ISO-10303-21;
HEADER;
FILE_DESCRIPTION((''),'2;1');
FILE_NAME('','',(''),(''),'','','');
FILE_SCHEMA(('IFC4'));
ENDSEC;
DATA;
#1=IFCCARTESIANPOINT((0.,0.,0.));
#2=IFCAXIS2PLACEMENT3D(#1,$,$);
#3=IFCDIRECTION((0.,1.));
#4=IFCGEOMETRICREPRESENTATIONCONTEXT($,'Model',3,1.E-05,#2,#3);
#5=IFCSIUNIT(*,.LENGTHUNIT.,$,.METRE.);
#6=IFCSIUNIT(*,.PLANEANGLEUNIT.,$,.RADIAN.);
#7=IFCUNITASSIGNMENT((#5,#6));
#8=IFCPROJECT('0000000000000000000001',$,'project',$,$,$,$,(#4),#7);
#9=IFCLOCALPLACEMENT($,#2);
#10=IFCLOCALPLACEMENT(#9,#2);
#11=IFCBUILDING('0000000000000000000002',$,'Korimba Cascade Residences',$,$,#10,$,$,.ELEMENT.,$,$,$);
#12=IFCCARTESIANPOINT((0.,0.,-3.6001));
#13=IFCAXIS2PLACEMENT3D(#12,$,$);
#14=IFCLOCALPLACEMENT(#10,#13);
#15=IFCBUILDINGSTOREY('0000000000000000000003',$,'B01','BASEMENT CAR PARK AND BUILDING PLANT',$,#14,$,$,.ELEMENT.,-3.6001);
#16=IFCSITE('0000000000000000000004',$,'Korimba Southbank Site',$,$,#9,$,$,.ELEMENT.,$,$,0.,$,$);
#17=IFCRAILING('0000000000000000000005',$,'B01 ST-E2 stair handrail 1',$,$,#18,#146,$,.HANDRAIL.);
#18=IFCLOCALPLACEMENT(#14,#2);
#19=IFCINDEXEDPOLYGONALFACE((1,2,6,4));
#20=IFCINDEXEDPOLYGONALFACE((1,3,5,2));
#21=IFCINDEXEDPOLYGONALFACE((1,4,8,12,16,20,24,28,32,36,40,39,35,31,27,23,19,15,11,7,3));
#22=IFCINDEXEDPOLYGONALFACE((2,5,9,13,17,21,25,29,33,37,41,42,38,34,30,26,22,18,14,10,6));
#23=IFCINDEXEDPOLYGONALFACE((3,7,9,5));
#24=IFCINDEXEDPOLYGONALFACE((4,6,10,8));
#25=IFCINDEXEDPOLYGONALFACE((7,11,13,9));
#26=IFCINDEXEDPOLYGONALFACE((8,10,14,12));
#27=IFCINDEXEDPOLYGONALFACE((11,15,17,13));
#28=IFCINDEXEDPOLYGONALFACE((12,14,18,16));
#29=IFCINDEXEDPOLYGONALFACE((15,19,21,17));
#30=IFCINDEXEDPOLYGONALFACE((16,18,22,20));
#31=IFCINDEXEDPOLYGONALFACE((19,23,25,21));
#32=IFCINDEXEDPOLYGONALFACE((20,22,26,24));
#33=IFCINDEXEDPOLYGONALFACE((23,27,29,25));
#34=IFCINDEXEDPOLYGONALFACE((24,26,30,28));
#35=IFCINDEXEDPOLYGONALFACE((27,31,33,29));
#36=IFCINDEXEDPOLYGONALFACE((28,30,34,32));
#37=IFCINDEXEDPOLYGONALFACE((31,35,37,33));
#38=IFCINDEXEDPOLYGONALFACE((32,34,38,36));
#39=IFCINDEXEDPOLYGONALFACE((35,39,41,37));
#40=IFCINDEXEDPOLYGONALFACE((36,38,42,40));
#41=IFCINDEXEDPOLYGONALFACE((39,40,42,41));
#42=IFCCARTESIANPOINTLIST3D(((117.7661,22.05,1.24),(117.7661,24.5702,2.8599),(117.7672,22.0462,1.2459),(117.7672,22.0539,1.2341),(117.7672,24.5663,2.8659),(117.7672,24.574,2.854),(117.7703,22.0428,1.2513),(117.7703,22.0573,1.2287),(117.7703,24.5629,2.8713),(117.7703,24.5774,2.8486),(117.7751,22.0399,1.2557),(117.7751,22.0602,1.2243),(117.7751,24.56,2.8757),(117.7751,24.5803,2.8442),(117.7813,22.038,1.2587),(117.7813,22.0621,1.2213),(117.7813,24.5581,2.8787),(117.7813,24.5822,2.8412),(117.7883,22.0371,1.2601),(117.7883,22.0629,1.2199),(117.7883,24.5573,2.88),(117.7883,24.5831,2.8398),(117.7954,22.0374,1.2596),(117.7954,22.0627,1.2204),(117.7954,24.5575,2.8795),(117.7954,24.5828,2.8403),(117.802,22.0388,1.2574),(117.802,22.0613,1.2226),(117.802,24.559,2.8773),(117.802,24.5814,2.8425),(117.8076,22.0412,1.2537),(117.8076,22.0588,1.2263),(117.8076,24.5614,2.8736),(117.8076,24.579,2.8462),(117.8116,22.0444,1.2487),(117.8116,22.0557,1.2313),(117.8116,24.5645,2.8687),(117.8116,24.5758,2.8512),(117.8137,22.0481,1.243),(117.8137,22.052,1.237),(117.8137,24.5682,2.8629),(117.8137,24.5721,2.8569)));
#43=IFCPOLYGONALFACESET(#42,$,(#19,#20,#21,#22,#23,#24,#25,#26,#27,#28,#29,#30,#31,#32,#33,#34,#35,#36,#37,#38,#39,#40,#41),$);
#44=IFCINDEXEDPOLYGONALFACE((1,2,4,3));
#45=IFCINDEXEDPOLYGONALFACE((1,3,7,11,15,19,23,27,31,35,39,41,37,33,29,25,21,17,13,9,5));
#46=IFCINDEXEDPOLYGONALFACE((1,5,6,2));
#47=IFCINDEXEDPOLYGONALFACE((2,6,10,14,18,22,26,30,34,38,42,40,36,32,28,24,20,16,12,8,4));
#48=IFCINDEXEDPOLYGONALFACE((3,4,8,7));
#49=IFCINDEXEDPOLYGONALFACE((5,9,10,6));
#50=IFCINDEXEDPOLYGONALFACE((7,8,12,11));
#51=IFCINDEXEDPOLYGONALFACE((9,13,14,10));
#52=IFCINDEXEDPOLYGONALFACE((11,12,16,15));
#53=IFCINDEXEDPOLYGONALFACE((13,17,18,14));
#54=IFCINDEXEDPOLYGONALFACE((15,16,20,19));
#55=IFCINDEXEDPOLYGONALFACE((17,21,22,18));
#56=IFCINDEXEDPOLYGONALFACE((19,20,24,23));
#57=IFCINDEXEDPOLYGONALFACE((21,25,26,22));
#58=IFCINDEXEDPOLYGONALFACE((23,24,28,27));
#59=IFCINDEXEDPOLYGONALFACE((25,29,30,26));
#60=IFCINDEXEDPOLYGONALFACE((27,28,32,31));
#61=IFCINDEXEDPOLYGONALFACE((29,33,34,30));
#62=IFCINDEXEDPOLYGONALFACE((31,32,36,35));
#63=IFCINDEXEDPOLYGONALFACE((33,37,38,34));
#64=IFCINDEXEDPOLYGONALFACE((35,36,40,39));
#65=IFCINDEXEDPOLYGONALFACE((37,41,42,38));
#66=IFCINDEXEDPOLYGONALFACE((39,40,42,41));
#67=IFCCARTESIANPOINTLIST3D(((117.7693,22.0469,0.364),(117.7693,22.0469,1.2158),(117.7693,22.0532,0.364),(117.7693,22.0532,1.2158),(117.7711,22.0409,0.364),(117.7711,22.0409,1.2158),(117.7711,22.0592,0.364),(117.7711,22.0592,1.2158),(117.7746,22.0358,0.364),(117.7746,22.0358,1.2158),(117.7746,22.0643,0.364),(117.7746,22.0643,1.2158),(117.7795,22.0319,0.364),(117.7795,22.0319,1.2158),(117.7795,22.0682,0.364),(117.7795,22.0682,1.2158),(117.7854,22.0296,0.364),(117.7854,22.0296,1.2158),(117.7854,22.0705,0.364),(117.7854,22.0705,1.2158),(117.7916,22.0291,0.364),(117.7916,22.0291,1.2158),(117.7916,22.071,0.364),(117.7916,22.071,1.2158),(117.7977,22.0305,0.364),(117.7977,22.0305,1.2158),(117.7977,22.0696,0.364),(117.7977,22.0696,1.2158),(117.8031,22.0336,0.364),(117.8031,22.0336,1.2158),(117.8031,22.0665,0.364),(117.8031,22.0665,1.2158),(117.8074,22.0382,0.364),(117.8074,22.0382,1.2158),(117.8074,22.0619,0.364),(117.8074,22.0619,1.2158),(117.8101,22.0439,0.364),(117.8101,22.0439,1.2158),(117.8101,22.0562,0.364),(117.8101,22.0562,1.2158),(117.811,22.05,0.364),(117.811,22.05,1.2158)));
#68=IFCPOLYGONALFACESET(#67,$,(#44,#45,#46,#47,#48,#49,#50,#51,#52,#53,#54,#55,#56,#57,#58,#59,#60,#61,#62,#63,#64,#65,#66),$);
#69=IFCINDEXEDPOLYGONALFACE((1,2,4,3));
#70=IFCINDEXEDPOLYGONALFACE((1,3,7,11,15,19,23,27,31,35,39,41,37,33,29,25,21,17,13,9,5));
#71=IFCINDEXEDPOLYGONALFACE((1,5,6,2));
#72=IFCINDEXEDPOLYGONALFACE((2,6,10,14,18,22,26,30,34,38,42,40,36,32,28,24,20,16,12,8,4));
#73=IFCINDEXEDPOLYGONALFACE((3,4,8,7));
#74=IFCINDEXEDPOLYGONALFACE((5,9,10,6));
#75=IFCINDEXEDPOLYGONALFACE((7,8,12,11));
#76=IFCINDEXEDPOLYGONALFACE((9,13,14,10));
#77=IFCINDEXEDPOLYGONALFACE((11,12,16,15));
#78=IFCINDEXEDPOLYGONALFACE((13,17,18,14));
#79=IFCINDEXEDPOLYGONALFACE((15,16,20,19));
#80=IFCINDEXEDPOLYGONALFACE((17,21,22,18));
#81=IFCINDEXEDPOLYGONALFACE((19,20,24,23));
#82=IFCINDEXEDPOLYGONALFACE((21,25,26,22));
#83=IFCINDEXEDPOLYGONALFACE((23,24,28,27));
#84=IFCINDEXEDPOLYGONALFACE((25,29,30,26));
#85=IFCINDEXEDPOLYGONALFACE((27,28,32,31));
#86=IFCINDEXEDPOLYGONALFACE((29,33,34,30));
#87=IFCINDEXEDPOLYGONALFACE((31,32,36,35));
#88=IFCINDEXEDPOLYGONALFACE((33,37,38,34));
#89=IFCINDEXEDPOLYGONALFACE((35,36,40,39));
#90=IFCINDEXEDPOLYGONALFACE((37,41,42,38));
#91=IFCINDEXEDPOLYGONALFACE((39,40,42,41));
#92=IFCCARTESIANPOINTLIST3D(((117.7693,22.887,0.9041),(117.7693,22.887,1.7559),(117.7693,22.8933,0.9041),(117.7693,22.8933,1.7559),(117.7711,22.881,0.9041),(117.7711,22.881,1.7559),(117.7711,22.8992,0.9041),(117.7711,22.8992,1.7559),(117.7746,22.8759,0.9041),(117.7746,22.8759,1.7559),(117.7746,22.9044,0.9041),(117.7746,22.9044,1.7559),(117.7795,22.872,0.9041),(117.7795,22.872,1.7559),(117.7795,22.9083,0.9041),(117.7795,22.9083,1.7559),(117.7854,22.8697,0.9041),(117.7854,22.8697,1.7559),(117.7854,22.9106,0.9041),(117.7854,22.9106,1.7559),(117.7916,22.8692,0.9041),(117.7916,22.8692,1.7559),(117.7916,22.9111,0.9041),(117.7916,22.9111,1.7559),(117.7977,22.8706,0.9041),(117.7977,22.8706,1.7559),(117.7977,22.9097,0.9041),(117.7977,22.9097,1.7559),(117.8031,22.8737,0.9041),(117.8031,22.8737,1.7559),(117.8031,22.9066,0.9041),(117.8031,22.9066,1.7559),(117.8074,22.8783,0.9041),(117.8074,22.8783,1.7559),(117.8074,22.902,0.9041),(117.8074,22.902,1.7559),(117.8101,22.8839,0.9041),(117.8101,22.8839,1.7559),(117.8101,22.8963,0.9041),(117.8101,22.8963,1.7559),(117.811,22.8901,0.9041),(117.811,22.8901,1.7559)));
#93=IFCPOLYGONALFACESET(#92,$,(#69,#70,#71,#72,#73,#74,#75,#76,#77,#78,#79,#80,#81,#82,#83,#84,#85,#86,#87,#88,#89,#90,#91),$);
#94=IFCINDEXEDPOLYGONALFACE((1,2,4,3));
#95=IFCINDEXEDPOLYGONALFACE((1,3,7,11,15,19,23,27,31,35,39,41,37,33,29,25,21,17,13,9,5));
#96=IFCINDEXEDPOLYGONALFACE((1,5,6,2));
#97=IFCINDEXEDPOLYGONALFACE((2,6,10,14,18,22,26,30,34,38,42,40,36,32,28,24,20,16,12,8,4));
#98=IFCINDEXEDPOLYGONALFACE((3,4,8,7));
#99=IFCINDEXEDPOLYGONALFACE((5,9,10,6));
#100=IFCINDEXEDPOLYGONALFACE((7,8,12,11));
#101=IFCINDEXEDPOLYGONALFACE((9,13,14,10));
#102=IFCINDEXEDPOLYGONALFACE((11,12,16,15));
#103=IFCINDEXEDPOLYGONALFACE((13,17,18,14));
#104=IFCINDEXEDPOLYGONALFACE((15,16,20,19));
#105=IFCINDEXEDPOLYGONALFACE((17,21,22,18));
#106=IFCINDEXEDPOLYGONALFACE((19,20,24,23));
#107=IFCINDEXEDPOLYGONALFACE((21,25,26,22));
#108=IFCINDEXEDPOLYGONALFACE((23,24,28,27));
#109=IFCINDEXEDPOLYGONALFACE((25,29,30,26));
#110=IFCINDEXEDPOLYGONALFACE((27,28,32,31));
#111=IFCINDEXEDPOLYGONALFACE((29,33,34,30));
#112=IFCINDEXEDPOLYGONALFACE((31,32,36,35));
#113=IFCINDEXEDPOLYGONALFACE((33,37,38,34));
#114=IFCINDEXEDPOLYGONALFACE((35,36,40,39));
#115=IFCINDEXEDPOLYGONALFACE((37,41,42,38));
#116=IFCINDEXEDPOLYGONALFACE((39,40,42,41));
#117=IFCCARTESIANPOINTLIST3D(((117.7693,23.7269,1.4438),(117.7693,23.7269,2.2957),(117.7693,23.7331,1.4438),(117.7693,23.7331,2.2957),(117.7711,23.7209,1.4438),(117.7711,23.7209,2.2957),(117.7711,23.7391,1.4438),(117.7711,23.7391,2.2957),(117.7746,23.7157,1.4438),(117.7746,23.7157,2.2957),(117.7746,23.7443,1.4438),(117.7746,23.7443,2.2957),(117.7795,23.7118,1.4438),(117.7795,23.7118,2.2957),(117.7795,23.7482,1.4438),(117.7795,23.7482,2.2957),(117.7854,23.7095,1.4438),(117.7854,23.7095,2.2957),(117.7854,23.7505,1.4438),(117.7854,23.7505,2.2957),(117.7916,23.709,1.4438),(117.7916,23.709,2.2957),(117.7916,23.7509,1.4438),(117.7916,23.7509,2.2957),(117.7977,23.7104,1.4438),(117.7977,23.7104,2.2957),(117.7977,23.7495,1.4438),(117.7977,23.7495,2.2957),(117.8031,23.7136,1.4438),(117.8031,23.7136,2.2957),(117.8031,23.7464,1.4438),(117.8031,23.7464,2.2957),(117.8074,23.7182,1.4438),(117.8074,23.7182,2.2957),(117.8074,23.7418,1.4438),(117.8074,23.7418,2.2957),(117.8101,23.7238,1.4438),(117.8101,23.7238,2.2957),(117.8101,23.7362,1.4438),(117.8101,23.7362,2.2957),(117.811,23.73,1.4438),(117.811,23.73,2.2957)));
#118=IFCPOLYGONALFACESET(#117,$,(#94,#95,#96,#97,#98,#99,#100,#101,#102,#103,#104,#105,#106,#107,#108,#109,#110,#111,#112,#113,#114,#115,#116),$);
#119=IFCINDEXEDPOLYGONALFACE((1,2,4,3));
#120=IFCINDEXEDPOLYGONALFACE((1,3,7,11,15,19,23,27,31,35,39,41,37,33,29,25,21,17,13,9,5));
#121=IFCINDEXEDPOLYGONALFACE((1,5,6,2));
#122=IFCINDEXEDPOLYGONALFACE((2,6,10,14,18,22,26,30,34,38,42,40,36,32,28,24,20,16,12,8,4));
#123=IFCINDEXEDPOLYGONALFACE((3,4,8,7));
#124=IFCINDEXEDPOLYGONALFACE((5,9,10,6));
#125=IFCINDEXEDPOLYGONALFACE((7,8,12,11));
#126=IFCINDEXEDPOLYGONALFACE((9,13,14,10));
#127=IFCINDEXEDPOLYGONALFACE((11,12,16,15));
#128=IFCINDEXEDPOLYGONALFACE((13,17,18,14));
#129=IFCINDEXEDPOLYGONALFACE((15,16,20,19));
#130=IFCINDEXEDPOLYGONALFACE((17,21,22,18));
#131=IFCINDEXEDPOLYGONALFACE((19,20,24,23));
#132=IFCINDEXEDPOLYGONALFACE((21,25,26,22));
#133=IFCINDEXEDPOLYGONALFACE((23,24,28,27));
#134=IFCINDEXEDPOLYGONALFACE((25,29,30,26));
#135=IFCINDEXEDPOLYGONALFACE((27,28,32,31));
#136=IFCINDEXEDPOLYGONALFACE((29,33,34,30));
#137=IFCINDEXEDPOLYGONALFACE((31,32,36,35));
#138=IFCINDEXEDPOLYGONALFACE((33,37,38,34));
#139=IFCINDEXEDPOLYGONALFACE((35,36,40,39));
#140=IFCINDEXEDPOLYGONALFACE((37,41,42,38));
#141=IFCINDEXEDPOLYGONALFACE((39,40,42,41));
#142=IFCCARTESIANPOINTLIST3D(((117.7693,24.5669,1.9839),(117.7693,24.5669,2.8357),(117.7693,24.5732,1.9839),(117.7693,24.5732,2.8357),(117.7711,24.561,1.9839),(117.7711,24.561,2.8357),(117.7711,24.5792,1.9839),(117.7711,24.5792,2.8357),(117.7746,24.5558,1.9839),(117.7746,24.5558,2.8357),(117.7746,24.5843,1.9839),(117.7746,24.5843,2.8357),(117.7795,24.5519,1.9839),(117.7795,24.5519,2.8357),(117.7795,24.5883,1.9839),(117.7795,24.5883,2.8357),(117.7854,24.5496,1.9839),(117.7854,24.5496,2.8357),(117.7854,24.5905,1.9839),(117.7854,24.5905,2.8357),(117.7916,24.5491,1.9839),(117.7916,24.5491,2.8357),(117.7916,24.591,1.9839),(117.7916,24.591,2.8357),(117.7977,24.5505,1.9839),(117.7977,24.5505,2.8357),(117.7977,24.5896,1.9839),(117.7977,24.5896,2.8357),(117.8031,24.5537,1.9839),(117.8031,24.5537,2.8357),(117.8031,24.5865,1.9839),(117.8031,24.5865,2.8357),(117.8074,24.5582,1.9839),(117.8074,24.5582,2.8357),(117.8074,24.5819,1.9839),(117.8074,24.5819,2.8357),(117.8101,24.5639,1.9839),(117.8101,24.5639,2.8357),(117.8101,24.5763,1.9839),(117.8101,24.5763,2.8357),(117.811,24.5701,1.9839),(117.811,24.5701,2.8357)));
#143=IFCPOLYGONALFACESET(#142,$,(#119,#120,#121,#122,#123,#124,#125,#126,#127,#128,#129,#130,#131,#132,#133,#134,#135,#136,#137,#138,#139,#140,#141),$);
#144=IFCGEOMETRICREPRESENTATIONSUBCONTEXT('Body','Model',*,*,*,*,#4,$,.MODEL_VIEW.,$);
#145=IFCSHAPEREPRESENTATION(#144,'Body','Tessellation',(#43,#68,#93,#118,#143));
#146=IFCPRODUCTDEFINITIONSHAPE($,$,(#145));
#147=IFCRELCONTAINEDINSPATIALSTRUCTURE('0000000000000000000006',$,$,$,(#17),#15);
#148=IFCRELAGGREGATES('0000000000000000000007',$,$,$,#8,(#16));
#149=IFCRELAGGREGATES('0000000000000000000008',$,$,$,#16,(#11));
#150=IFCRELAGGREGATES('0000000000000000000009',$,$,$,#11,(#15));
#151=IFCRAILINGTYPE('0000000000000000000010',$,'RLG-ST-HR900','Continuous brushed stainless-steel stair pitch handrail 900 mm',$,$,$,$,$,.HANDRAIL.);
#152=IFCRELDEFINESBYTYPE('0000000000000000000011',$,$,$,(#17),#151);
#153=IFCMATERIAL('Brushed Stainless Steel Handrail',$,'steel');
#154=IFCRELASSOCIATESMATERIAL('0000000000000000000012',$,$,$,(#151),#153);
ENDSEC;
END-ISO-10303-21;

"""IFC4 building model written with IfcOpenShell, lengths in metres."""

from ifc_helpers import new_model, si_unit, direction, frame, origin, origin_2d, place, context, subcontext, project, spatial, circle, extrude, material, type_object, element, save


model = new_model("IFC4")

# Units and contexts
model_context = context("Model", 3, precision=1e-05, world=origin(), true_north=direction((0.0, 1.0)))
body_context = subcontext(model_context, "Body", "Model", "MODEL_VIEW")
ifc_project = project(units=[si_unit("LENGTHUNIT", "METRE"), si_unit("PLANEANGLEUNIT", "RADIAN")], contexts=[model_context])

# Site, building, storey
site_placement = place(None, origin())
site = spatial("IfcSite", under=ifc_project, at=site_placement, Name="Korimba Southbank Site", CompositionType="ELEMENT", RefElevation=0.0)
building_placement = place(site_placement, origin())
building = spatial("IfcBuilding", under=site, at=building_placement, Name="Korimba Cascade Residences", CompositionType="ELEMENT")
storey_placement = place(building_placement, frame((0.0, 0.0, -3.6001)))
storey = spatial("IfcBuildingStorey", under=building, at=storey_placement, Name="B01", Description="BASEMENT CAR PARK AND BUILDING PLANT", CompositionType="ELEMENT", Elevation=-3.6001)

# Railing
ifc_material_1 = material(Name="Brushed Stainless Steel Handrail", Category="steel")
railing_type_1 = type_object("IfcRailingType", Name="RLG-ST-HR900", Description="Continuous brushed stainless-steel stair pitch handrail 900 mm", PredefinedType="HANDRAIL", material=ifc_material_1)
railing_1_placement = place(storey_placement, frame((117.79, 22.05, 0.364)))
element("IfcRailing", 1, at=railing_1_placement, inside=storey, type_object=railing_type_1, Name="B01 ST-E2 stair handrail 1", PredefinedType="HANDRAIL", context=body_context, shape_type="SweptSolid", body=[
    extrude(circle(Radius=0.0239, at=origin_2d()), frame((0.0, 0.0, 0.876), z_axis=(0.0, 0.8412, 0.540725), x_axis=(-1.0, 0.0, 0.0)), (0.0, 0.0, 1.0), 2.9958),
    extrude(circle(Radius=0.021, at=origin_2d()), origin(), (0.0, 0.0, 1.0), 0.8518),
    extrude(circle(Radius=0.021, at=origin_2d()), frame((0.0, 0.8401, 0.54)), (0.0, 0.0, 1.0), 0.8518),
    extrude(circle(Radius=0.021, at=origin_2d()), frame((0.0, 1.6799, 1.0798)), (0.0, 0.0, 1.0), 0.8518),
    extrude(circle(Radius=0.021, at=origin_2d()), frame((0.0, 2.52, 1.6199)), (0.0, 0.0, 1.0), 0.8518),
])

save(model, "model.ifc")
